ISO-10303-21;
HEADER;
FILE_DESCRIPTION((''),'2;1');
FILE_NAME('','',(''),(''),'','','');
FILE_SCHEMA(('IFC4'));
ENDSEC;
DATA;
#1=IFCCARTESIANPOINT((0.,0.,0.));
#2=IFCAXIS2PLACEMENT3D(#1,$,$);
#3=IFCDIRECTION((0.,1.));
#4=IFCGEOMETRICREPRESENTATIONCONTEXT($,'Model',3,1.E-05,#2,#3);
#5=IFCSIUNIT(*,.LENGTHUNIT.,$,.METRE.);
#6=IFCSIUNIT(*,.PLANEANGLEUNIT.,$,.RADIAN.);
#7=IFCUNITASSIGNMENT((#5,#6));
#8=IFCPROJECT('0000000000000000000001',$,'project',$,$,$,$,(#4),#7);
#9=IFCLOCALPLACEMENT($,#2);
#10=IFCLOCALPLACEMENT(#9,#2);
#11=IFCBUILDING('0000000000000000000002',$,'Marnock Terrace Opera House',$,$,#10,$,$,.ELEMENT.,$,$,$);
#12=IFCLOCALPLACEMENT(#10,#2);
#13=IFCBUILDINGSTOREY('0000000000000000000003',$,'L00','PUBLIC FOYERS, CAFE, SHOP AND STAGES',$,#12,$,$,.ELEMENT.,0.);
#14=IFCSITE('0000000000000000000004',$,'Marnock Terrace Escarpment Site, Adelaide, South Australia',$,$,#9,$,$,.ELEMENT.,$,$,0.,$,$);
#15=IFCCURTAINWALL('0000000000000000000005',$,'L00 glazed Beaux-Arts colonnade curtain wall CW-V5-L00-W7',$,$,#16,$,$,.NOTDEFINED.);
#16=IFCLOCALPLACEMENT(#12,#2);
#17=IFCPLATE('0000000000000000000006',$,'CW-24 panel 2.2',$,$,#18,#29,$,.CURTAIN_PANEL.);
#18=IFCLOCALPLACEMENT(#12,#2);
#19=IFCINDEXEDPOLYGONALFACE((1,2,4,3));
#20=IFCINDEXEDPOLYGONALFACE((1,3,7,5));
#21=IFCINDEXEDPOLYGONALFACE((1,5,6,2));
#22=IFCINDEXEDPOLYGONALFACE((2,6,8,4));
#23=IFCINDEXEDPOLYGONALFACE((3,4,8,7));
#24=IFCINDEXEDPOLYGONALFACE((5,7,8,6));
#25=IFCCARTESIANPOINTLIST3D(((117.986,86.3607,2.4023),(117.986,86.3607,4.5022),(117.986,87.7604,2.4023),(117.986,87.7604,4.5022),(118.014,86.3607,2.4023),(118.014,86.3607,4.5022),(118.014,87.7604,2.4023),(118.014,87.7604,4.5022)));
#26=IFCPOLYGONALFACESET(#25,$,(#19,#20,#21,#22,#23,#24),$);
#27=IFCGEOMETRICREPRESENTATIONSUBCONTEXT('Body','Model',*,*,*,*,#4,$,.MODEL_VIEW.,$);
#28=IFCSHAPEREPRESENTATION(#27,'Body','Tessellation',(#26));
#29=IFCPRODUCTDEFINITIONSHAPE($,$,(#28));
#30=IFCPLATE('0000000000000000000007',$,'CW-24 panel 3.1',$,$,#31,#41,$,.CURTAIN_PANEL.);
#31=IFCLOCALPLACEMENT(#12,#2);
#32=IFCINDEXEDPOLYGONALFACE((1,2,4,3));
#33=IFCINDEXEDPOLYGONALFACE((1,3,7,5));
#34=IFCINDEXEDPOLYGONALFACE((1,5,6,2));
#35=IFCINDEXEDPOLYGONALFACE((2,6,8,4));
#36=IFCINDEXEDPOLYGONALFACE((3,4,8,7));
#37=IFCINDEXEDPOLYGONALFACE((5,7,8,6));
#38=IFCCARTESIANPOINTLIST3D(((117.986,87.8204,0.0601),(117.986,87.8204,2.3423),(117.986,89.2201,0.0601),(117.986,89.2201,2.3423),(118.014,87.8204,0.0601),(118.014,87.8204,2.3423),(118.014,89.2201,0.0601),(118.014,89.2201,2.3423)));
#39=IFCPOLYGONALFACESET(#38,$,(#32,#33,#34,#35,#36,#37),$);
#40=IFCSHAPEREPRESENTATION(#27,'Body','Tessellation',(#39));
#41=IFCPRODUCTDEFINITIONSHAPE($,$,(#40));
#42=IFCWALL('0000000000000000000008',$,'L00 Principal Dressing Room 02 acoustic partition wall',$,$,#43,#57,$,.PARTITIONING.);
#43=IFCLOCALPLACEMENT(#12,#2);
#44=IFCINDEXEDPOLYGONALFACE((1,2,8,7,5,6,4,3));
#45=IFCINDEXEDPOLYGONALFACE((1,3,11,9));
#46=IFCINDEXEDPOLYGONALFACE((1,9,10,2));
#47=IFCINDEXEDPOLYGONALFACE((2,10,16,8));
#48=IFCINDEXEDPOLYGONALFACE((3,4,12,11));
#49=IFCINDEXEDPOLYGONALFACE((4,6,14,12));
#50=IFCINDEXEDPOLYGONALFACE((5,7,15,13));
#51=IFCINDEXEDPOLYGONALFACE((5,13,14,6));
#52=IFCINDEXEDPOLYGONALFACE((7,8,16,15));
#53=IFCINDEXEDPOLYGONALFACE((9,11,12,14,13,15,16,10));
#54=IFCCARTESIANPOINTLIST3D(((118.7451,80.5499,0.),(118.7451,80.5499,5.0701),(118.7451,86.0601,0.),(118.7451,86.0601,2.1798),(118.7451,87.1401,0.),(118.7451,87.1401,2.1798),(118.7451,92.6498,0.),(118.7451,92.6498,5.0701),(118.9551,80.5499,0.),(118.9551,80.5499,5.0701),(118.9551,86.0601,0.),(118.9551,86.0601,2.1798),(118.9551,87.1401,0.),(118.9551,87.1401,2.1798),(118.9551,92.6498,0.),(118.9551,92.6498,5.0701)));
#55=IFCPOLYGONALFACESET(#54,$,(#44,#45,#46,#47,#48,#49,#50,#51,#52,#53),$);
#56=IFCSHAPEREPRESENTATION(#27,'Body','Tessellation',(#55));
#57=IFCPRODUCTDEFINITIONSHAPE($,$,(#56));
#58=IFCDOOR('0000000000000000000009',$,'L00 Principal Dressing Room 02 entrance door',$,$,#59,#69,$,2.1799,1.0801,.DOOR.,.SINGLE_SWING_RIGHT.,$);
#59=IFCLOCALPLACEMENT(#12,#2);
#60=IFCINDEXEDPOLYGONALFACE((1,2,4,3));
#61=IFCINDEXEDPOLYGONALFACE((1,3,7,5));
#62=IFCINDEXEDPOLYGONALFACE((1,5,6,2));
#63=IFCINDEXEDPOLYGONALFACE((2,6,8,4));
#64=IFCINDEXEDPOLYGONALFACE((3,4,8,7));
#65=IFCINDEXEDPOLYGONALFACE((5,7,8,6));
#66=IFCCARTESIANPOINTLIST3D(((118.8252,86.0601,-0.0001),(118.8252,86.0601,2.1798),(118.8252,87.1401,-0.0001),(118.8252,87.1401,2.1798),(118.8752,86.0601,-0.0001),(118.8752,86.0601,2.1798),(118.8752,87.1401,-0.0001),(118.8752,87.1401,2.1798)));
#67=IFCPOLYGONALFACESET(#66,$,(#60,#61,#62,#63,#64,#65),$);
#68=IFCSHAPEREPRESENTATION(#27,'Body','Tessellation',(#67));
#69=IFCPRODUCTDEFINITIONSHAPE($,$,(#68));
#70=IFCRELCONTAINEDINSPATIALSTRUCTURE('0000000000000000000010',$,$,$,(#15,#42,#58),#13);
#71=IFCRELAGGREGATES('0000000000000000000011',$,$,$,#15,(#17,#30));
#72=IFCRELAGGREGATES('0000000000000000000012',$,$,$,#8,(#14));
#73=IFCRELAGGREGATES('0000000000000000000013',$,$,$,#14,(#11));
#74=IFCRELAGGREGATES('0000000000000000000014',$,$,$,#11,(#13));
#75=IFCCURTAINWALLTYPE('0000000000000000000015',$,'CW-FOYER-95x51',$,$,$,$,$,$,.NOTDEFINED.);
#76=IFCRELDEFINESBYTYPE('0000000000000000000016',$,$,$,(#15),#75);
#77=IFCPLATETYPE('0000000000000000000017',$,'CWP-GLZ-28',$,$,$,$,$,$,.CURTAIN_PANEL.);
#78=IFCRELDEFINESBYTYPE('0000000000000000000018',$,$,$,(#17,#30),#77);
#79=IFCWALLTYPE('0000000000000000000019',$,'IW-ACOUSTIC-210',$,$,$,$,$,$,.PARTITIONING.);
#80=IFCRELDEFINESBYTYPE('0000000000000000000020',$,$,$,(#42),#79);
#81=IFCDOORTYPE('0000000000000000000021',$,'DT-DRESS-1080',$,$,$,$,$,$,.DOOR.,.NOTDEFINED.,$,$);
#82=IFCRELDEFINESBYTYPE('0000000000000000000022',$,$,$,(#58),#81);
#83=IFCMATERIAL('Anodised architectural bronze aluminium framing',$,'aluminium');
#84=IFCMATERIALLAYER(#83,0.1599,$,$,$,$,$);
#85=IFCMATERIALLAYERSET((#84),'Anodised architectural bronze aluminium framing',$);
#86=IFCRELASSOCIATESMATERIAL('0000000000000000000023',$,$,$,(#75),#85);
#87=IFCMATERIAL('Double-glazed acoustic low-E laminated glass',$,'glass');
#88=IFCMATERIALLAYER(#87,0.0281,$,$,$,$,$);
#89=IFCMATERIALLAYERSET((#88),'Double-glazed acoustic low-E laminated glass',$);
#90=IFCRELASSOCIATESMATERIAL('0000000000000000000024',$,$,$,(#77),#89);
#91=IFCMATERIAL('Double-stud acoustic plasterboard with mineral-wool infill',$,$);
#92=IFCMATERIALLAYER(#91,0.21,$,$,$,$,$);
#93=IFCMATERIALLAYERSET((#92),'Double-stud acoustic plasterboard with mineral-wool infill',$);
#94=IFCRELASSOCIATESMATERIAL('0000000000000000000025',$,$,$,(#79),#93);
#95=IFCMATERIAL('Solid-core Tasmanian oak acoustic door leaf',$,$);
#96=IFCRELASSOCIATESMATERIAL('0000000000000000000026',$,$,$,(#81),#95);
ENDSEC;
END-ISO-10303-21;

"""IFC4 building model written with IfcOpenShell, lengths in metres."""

from ifc_helpers import new_model, si_unit, direction, frame, frame_2d, origin, origin_2d, place, context, subcontext, project, spatial, rectangle, extrude, material, layer, layer_set, type_object, element, fill, aggregate, save


model = new_model("IFC4")

# Units and contexts
model_context = context("Model", 3, precision=1e-05, world=origin(), true_north=direction((0.0, 1.0)))
body_context = subcontext(model_context, "Body", "Model", "MODEL_VIEW")
ifc_project = project(units=[si_unit("LENGTHUNIT", "METRE"), si_unit("PLANEANGLEUNIT", "RADIAN")], contexts=[model_context])

# Site, building, storey
site_placement = place(None, origin())
site = spatial("IfcSite", under=ifc_project, at=site_placement, Name="Marnock Terrace Escarpment Site, Adelaide, South Australia", CompositionType="ELEMENT", RefElevation=0.0)
building_placement = place(site_placement, origin())
building = spatial("IfcBuilding", under=site, at=building_placement, Name="Marnock Terrace Opera House", CompositionType="ELEMENT")
storey_placement = place(building_placement, origin())
storey = spatial("IfcBuildingStorey", under=building, at=storey_placement, Name="L00", Description="PUBLIC FOYERS, CAFE, SHOP AND STAGES", CompositionType="ELEMENT", Elevation=0.0)

# Curtain wall, plates
ifc_material_1 = material(Name="Anodised architectural bronze aluminium framing", Category="aluminium")
ifc_layer_1 = layer(ifc_material_1, 0.1599)
ifc_layer_set_1 = layer_set([ifc_layer_1], Name="Anodised architectural bronze aluminium framing")
curtain_wall_type = type_object("IfcCurtainWallType", Name="CW-FOYER-95x51", PredefinedType="NOTDEFINED", material=ifc_layer_set_1)
curtain_wall_placement = place(storey_placement, origin())
curtain_wall = element("IfcCurtainWall", 1, at=curtain_wall_placement, inside=storey, type_object=curtain_wall_type, Name="L00 glazed Beaux-Arts colonnade curtain wall CW-V5-L00-W7", PredefinedType="NOTDEFINED")
ifc_material_2 = material(Name="Double-glazed acoustic low-E laminated glass", Category="glass")
ifc_layer_2 = layer(ifc_material_2, 0.0281)
ifc_layer_set_2 = layer_set([ifc_layer_2], Name="Double-glazed acoustic low-E laminated glass")
plate_type = type_object("IfcPlateType", Name="CWP-GLZ-28", PredefinedType="CURTAIN_PANEL", material=ifc_layer_set_2)
plate_1_placement = place(storey_placement, frame((118.0, 87.0605, 2.4023), z_axis=(0.0, 0.0, 1.0), x_axis=(0.0, 1.0, 0.0)))
plate_1 = element("IfcPlate", 2, at=plate_1_placement, type_object=plate_type, Name="CW-24 panel 2.2", PredefinedType="CURTAIN_PANEL", context=body_context, shape_type="SweptSolid", body=[
    extrude(rectangle(XDim=1.3997, YDim=0.0281, at=origin_2d()), origin(), (0.0, 0.0, 1.0), 2.0999),
])
plate_2_placement = place(storey_placement, frame((118.0, 88.5203, 0.0601), z_axis=(0.0, 0.0, 1.0), x_axis=(0.0, 1.0, 0.0)))
plate_2 = element("IfcPlate", 3, at=plate_2_placement, type_object=plate_type, Name="CW-24 panel 3.1", PredefinedType="CURTAIN_PANEL", context=body_context, shape_type="SweptSolid", body=[
    extrude(rectangle(XDim=1.3997, YDim=0.0281, at=origin_2d()), origin(), (0.0, 0.0, 1.0), 2.2822),
])
aggregate(curtain_wall, [plate_1, plate_2])

# Wall, opening, door
ifc_material_3 = material(Name="Double-stud acoustic plasterboard with mineral-wool infill")
ifc_layer_3 = layer(ifc_material_3, 0.21)
ifc_layer_set_3 = layer_set([ifc_layer_3], Name="Double-stud acoustic plasterboard with mineral-wool infill")
wall_type = type_object("IfcWallType", Name="IW-ACOUSTIC-210", PredefinedType="PARTITIONING", material=ifc_layer_set_3)
wall_placement = place(storey_placement, frame((118.8501, 80.55, 0.0), z_axis=(0.0, 0.0, 1.0), x_axis=(0.0, 1.0, 0.0)))
wall = element("IfcWall", 4, at=wall_placement, inside=storey, type_object=wall_type, Name="L00 Principal Dressing Room 02 acoustic partition wall", PredefinedType="PARTITIONING", context=body_context, shape_type="SweptSolid", body=[
    extrude(rectangle(XDim=12.0999, YDim=0.21, at=frame_2d((6.0498, 0.0))), origin(), (0.0, 0.0, 1.0), 5.0701),
])
opening_placement = place(wall_placement, frame((5.51, 0.0, 0.0)))
opening = element("IfcOpeningElement", 5, at=opening_placement, cuts=wall, PredefinedType="OPENING", context=body_context, shape_type="SweptSolid", body=[
    extrude(rectangle(XDim=1.0801, YDim=2.1799, at=frame_2d((0.54, 1.0898))), frame((0.0, 0.115, 0.0), z_axis=(0.0, -1.0, 0.0), x_axis=(1.0, 0.0, 0.0)), (0.0, 0.0, 1.0), 0.23),
])
ifc_material_4 = material(Name="Solid-core Tasmanian oak acoustic door leaf")
door_type = type_object("IfcDoorType", Name="DT-DRESS-1080", OperationType="NOTDEFINED", PredefinedType="DOOR", material=ifc_material_4)
door_placement = place(opening_placement, origin())
door = element("IfcDoor", 6, at=door_placement, inside=storey, type_object=door_type, Name="L00 Principal Dressing Room 02 entrance door", OperationType="SINGLE_SWING_RIGHT", OverallHeight=2.1799, OverallWidth=1.0801, PredefinedType="DOOR", context=body_context, shape_type="SweptSolid", body=[
    extrude(rectangle(XDim=1.0801, YDim=2.1799, at=frame_2d((0.54, 1.0898))), frame((0.0, 0.0249, 0.0), z_axis=(0.0, -1.0, 0.0), x_axis=(1.0, 0.0, 0.0)), (0.0, 0.0, 1.0), 0.05),
])
fill(opening, door)

save(model, "model.ifc")
